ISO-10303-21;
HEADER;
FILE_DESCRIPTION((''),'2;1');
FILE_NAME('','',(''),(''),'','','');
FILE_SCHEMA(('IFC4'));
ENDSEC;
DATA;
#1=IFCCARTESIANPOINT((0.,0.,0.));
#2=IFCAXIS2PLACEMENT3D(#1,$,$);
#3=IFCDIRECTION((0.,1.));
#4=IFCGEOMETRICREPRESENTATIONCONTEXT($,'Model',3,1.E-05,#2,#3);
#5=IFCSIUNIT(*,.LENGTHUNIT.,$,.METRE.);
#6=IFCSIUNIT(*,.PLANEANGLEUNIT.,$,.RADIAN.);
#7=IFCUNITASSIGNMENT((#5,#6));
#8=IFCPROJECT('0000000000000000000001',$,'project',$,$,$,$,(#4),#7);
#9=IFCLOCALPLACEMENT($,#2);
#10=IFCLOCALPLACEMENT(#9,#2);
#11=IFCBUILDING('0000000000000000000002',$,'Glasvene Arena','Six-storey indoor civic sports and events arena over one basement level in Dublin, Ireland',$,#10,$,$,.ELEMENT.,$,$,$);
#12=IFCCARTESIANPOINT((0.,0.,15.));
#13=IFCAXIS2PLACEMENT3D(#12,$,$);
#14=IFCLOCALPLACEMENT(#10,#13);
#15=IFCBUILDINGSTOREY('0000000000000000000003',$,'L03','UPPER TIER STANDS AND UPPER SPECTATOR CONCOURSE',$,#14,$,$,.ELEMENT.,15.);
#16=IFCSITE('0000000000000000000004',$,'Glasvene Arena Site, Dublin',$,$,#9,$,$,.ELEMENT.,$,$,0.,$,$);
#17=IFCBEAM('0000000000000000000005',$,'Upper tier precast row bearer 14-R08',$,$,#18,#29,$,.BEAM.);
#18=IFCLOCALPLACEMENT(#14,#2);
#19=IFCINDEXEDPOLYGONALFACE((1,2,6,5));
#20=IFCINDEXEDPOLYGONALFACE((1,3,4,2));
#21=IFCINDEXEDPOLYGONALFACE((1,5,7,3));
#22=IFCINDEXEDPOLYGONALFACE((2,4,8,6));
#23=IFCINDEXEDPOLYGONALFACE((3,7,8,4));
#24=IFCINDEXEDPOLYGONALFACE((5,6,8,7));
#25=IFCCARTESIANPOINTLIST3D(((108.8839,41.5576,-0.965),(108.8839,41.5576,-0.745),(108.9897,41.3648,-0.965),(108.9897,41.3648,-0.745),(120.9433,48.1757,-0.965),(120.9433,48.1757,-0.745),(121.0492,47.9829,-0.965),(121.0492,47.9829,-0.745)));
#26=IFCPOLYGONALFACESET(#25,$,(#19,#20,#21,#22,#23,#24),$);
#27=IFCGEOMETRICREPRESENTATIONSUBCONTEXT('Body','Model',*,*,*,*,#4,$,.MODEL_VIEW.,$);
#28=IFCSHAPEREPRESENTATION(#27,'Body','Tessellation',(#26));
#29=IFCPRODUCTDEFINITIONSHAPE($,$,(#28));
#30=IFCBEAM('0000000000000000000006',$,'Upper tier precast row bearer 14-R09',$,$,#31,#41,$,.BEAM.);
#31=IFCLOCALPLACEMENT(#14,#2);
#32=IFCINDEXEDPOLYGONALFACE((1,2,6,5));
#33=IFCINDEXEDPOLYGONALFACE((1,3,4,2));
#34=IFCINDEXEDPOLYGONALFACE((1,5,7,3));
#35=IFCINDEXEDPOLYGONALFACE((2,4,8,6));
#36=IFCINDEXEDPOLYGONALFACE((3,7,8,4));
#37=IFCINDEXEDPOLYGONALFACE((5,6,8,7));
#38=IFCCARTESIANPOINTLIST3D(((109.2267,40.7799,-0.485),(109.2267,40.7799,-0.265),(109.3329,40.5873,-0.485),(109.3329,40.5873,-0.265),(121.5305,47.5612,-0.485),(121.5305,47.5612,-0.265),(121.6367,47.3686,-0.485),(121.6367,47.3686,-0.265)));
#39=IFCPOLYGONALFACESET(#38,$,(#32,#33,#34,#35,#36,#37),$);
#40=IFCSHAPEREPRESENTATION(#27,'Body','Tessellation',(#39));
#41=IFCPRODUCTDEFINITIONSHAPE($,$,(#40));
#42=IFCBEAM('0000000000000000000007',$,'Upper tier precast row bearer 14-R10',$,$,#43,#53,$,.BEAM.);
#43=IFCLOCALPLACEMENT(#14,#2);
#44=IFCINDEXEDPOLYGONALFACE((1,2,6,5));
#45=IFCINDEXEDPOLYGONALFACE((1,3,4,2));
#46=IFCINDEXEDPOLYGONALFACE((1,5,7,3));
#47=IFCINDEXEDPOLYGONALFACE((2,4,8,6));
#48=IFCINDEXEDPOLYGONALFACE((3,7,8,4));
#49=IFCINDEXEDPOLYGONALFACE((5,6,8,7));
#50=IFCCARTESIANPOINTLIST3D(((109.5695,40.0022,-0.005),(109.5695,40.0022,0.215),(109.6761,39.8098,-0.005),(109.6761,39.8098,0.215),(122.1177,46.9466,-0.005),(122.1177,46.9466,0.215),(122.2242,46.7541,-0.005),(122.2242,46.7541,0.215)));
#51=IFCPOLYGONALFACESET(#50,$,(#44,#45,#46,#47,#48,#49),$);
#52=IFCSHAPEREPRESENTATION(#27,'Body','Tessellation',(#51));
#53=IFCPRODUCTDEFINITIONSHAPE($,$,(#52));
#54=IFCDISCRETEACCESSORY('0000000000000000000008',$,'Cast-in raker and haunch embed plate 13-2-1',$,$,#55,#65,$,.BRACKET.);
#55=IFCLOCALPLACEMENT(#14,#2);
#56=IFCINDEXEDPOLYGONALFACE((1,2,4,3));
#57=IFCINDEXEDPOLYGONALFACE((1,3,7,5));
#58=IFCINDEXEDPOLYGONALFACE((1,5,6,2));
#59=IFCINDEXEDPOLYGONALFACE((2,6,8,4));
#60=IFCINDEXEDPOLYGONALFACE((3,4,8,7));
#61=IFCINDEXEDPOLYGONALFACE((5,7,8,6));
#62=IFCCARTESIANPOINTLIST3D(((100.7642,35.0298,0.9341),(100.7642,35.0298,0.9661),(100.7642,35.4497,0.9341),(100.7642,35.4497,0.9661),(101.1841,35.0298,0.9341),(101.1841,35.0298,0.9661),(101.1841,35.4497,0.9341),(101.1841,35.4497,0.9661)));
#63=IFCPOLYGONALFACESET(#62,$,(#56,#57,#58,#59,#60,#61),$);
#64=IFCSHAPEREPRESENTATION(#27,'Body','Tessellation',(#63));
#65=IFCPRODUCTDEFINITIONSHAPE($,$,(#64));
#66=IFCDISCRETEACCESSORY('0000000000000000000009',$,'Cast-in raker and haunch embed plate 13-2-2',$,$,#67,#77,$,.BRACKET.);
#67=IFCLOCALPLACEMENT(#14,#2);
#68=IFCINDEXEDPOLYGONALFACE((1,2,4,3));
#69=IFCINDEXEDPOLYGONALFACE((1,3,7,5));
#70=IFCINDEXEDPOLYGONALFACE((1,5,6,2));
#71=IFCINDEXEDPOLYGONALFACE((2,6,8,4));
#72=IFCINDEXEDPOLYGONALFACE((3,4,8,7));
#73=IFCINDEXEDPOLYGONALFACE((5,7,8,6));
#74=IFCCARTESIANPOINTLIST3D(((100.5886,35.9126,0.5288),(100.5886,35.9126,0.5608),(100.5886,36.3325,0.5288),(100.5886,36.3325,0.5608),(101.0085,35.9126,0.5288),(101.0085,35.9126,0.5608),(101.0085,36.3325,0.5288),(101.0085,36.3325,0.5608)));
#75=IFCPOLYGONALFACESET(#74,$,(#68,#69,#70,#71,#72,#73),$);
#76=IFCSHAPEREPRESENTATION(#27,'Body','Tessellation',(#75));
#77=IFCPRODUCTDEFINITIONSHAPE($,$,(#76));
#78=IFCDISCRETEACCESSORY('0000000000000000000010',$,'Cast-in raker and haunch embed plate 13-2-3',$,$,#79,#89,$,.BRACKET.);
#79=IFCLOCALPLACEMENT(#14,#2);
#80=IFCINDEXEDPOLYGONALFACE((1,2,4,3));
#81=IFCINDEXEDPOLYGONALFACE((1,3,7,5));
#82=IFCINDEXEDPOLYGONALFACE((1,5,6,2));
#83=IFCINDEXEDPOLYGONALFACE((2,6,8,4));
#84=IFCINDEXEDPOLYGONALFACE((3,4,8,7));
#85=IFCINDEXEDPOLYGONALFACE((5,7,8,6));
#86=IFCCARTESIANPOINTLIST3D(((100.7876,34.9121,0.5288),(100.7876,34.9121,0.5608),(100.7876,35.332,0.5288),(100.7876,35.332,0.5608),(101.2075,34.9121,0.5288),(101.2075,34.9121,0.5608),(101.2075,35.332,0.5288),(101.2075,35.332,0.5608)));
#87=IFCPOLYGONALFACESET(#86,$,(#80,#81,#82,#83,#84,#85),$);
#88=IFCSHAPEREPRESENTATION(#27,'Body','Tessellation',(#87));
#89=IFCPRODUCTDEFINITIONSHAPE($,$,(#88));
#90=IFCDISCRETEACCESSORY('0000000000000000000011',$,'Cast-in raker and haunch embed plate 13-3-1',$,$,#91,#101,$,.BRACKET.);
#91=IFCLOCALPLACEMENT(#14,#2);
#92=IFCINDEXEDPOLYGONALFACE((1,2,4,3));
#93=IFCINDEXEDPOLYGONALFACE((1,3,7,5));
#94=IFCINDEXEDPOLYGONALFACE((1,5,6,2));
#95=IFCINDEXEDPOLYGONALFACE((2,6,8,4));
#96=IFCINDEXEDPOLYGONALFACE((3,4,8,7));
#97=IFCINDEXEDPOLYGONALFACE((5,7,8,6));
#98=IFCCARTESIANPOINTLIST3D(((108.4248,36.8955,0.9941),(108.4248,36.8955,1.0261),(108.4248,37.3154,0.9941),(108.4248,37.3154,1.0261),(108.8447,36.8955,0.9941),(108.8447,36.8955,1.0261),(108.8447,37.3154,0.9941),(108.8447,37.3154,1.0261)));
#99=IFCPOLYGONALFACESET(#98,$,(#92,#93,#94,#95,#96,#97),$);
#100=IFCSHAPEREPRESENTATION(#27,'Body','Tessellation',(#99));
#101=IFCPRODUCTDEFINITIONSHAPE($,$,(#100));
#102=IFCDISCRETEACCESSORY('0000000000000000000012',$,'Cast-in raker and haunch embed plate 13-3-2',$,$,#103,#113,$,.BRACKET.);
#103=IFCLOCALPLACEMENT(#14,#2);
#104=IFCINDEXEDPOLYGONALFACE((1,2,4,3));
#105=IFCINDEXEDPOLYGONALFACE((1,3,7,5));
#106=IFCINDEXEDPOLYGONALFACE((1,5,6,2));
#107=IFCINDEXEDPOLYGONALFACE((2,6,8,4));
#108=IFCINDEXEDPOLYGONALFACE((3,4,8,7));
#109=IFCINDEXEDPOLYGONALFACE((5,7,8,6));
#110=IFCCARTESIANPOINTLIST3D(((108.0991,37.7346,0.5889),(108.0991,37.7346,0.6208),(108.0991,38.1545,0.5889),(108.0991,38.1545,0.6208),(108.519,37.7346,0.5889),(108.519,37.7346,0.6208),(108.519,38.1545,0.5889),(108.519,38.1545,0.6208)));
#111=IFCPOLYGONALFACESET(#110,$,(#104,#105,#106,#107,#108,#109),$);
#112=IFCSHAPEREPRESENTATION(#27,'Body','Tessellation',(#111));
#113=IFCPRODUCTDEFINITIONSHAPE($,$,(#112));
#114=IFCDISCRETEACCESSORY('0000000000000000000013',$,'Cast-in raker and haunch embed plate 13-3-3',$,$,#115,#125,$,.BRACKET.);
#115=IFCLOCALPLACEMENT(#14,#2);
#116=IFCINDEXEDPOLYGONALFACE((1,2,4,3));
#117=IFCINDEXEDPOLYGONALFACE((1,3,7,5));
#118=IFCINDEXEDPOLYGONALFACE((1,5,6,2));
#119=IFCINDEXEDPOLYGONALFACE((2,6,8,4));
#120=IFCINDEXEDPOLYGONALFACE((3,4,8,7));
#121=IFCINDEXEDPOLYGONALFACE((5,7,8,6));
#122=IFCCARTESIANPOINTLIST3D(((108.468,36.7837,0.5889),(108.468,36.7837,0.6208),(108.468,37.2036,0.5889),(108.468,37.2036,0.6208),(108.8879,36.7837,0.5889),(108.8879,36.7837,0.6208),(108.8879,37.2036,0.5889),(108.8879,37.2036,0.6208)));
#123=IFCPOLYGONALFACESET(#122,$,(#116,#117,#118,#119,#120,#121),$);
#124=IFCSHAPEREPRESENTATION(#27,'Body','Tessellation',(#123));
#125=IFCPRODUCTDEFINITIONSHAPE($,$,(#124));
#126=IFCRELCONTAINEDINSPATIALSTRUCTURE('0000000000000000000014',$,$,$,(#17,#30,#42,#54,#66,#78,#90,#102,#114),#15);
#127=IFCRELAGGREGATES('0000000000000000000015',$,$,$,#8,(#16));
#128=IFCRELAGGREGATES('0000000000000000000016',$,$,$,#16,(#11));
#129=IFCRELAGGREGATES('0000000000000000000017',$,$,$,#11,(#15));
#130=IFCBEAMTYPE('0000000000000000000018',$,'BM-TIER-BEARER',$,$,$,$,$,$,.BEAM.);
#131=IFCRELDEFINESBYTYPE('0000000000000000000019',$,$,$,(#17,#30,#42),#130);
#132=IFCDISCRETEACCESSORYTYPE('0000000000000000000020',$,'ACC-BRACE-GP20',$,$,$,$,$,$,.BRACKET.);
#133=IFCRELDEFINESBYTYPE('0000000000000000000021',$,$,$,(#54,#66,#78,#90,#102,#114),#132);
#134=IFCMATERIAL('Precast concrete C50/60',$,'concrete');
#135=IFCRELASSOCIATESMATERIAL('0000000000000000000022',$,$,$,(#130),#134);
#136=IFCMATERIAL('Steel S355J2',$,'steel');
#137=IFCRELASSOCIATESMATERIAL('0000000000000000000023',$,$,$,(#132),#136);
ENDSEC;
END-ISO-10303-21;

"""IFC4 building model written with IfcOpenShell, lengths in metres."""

from ifc_helpers import new_model, si_unit, direction, frame, origin, origin_2d, place, context, subcontext, project, spatial, rectangle, extrude, material, material_profile, profile_set, type_object, element, save


model = new_model("IFC4")

# Units and contexts
model_context = context("Model", 3, precision=1e-05, world=origin(), true_north=direction((0.0, 1.0)))
body_context = subcontext(model_context, "Body", "Model", "MODEL_VIEW")
ifc_project = project(units=[si_unit("LENGTHUNIT", "METRE"), si_unit("PLANEANGLEUNIT", "RADIAN")], contexts=[model_context])

# Site, building, storey
site_placement = place(None, origin())
site = spatial("IfcSite", under=ifc_project, at=site_placement, Name="Glasvene Arena Site, Dublin", CompositionType="ELEMENT", RefElevation=0.0)
building_placement = place(site_placement, origin())
building = spatial("IfcBuilding", under=site, at=building_placement, Name="Glasvene Arena", Description="Six-storey indoor civic sports and events arena over one basement level in Dublin, Ireland", CompositionType="ELEMENT")
storey_placement = place(building_placement, frame((0.0, 0.0, 15.0)))
storey = spatial("IfcBuildingStorey", under=building, at=storey_placement, Name="L03", Description="UPPER TIER STANDS AND UPPER SPECTATOR CONCOURSE", CompositionType="ELEMENT", Elevation=15.0)

# Shared definitions
ifc_material_1 = material(Name="Steel S355J2", Category="steel")

# Beams
ifc_material_2 = material(Name="Precast concrete C50/60", Category="concrete")
ifc_material_profile_1 = material_profile(ifc_material_2, rectangle(XDim=0.22, YDim=0.22, at=origin_2d()), Name="RC 220x220")
ifc_profile_set_1 = profile_set([ifc_material_profile_1], Name="Precast concrete C50/60")
beam_type_1 = type_object("IfcBeamType", Name="BM-TIER-BEARER", PredefinedType="BEAM", material=ifc_profile_set_1)
beam_1_placement = place(storey_placement, frame((108.9368, 41.4612, -0.855), z_axis=(0.876664, 0.481104, 0.0), x_axis=(-0.481104, 0.876664, 0.0)))
element("IfcBeam", 1, at=beam_1_placement, inside=storey, type_object=beam_type_1, Name="Upper tier precast row bearer 14-R08", PredefinedType="BEAM", context=body_context, shape_type="SweptSolid", body=[
    extrude(rectangle(XDim=0.22, YDim=0.22, at=origin_2d()), origin(), (0.0, 0.0, 1.0), 13.7561),
])
beam_2_placement = place(storey_placement, frame((109.2798, 40.6836, -0.375), z_axis=(0.875788, 0.482695, 0.0), x_axis=(-0.482695, 0.875788, 0.0)))
element("IfcBeam", 2, at=beam_2_placement, inside=storey, type_object=beam_type_1, Name="Upper tier precast row bearer 14-R09", PredefinedType="BEAM", context=body_context, shape_type="SweptSolid", body=[
    extrude(rectangle(XDim=0.22, YDim=0.22, at=origin_2d()), origin(), (0.0, 0.0, 1.0), 14.0488),
])
beam_3_placement = place(storey_placement, frame((109.6228, 39.906, 0.105), z_axis=(0.87495, 0.484213, 0.0), x_axis=(-0.484213, 0.87495, 0.0)))
element("IfcBeam", 3, at=beam_3_placement, inside=storey, type_object=beam_type_1, Name="Upper tier precast row bearer 14-R10", PredefinedType="BEAM", context=body_context, shape_type="SweptSolid", body=[
    extrude(rectangle(XDim=0.22, YDim=0.22, at=origin_2d()), origin(), (0.0, 0.0, 1.0), 14.3416),
])

# Discrete accessories
discrete_accessory_type = type_object("IfcDiscreteAccessoryType", Name="ACC-BRACE-GP20", PredefinedType="BRACKET", material=ifc_material_1)
for number, where, z_axis, x_axis, name in (
    (4, (100.9741, 35.2397, 0.9341), (0.0, 0.0, 1.0), (1.0, 0.0, 0.0), "Cast-in raker and haunch embed plate 13-2-1"),
    (5, (100.7986, 36.1226, 0.5288), (0.0, 0.0, 1.0), (1.0, 0.0, 0.0), "Cast-in raker and haunch embed plate 13-2-2"),
    (6, (100.9976, 35.1221, 0.5288), (0.0, 0.0, 1.0), (1.0, 0.0, 0.0), "Cast-in raker and haunch embed plate 13-2-3"),
    (7, (108.6348, 37.1055, 0.9941), (0.0, 0.0, 1.0), (1.0, 0.0, 0.0), "Cast-in raker and haunch embed plate 13-3-1"),
    (8, (108.3091, 37.9446, 0.5889), (0.0, 0.0, 1.0), (1.0, 0.0, 0.0), "Cast-in raker and haunch embed plate 13-3-2"),
    (9, (108.678, 36.9937, 0.5889), (0.0, 0.0, 1.0), (1.0, 0.0, 0.0), "Cast-in raker and haunch embed plate 13-3-3"),
):
    element("IfcDiscreteAccessory", number, at=place(storey_placement, frame(where, z_axis=z_axis, x_axis=x_axis)), inside=storey, type_object=discrete_accessory_type, Name=name, PredefinedType="BRACKET", context=body_context, shape_type="SweptSolid", body=[
        extrude(rectangle(XDim=0.4199, YDim=0.4199, at=origin_2d()), origin(), (0.0, 0.0, 1.0), 0.032),
    ])

save(model, "model.ifc")
